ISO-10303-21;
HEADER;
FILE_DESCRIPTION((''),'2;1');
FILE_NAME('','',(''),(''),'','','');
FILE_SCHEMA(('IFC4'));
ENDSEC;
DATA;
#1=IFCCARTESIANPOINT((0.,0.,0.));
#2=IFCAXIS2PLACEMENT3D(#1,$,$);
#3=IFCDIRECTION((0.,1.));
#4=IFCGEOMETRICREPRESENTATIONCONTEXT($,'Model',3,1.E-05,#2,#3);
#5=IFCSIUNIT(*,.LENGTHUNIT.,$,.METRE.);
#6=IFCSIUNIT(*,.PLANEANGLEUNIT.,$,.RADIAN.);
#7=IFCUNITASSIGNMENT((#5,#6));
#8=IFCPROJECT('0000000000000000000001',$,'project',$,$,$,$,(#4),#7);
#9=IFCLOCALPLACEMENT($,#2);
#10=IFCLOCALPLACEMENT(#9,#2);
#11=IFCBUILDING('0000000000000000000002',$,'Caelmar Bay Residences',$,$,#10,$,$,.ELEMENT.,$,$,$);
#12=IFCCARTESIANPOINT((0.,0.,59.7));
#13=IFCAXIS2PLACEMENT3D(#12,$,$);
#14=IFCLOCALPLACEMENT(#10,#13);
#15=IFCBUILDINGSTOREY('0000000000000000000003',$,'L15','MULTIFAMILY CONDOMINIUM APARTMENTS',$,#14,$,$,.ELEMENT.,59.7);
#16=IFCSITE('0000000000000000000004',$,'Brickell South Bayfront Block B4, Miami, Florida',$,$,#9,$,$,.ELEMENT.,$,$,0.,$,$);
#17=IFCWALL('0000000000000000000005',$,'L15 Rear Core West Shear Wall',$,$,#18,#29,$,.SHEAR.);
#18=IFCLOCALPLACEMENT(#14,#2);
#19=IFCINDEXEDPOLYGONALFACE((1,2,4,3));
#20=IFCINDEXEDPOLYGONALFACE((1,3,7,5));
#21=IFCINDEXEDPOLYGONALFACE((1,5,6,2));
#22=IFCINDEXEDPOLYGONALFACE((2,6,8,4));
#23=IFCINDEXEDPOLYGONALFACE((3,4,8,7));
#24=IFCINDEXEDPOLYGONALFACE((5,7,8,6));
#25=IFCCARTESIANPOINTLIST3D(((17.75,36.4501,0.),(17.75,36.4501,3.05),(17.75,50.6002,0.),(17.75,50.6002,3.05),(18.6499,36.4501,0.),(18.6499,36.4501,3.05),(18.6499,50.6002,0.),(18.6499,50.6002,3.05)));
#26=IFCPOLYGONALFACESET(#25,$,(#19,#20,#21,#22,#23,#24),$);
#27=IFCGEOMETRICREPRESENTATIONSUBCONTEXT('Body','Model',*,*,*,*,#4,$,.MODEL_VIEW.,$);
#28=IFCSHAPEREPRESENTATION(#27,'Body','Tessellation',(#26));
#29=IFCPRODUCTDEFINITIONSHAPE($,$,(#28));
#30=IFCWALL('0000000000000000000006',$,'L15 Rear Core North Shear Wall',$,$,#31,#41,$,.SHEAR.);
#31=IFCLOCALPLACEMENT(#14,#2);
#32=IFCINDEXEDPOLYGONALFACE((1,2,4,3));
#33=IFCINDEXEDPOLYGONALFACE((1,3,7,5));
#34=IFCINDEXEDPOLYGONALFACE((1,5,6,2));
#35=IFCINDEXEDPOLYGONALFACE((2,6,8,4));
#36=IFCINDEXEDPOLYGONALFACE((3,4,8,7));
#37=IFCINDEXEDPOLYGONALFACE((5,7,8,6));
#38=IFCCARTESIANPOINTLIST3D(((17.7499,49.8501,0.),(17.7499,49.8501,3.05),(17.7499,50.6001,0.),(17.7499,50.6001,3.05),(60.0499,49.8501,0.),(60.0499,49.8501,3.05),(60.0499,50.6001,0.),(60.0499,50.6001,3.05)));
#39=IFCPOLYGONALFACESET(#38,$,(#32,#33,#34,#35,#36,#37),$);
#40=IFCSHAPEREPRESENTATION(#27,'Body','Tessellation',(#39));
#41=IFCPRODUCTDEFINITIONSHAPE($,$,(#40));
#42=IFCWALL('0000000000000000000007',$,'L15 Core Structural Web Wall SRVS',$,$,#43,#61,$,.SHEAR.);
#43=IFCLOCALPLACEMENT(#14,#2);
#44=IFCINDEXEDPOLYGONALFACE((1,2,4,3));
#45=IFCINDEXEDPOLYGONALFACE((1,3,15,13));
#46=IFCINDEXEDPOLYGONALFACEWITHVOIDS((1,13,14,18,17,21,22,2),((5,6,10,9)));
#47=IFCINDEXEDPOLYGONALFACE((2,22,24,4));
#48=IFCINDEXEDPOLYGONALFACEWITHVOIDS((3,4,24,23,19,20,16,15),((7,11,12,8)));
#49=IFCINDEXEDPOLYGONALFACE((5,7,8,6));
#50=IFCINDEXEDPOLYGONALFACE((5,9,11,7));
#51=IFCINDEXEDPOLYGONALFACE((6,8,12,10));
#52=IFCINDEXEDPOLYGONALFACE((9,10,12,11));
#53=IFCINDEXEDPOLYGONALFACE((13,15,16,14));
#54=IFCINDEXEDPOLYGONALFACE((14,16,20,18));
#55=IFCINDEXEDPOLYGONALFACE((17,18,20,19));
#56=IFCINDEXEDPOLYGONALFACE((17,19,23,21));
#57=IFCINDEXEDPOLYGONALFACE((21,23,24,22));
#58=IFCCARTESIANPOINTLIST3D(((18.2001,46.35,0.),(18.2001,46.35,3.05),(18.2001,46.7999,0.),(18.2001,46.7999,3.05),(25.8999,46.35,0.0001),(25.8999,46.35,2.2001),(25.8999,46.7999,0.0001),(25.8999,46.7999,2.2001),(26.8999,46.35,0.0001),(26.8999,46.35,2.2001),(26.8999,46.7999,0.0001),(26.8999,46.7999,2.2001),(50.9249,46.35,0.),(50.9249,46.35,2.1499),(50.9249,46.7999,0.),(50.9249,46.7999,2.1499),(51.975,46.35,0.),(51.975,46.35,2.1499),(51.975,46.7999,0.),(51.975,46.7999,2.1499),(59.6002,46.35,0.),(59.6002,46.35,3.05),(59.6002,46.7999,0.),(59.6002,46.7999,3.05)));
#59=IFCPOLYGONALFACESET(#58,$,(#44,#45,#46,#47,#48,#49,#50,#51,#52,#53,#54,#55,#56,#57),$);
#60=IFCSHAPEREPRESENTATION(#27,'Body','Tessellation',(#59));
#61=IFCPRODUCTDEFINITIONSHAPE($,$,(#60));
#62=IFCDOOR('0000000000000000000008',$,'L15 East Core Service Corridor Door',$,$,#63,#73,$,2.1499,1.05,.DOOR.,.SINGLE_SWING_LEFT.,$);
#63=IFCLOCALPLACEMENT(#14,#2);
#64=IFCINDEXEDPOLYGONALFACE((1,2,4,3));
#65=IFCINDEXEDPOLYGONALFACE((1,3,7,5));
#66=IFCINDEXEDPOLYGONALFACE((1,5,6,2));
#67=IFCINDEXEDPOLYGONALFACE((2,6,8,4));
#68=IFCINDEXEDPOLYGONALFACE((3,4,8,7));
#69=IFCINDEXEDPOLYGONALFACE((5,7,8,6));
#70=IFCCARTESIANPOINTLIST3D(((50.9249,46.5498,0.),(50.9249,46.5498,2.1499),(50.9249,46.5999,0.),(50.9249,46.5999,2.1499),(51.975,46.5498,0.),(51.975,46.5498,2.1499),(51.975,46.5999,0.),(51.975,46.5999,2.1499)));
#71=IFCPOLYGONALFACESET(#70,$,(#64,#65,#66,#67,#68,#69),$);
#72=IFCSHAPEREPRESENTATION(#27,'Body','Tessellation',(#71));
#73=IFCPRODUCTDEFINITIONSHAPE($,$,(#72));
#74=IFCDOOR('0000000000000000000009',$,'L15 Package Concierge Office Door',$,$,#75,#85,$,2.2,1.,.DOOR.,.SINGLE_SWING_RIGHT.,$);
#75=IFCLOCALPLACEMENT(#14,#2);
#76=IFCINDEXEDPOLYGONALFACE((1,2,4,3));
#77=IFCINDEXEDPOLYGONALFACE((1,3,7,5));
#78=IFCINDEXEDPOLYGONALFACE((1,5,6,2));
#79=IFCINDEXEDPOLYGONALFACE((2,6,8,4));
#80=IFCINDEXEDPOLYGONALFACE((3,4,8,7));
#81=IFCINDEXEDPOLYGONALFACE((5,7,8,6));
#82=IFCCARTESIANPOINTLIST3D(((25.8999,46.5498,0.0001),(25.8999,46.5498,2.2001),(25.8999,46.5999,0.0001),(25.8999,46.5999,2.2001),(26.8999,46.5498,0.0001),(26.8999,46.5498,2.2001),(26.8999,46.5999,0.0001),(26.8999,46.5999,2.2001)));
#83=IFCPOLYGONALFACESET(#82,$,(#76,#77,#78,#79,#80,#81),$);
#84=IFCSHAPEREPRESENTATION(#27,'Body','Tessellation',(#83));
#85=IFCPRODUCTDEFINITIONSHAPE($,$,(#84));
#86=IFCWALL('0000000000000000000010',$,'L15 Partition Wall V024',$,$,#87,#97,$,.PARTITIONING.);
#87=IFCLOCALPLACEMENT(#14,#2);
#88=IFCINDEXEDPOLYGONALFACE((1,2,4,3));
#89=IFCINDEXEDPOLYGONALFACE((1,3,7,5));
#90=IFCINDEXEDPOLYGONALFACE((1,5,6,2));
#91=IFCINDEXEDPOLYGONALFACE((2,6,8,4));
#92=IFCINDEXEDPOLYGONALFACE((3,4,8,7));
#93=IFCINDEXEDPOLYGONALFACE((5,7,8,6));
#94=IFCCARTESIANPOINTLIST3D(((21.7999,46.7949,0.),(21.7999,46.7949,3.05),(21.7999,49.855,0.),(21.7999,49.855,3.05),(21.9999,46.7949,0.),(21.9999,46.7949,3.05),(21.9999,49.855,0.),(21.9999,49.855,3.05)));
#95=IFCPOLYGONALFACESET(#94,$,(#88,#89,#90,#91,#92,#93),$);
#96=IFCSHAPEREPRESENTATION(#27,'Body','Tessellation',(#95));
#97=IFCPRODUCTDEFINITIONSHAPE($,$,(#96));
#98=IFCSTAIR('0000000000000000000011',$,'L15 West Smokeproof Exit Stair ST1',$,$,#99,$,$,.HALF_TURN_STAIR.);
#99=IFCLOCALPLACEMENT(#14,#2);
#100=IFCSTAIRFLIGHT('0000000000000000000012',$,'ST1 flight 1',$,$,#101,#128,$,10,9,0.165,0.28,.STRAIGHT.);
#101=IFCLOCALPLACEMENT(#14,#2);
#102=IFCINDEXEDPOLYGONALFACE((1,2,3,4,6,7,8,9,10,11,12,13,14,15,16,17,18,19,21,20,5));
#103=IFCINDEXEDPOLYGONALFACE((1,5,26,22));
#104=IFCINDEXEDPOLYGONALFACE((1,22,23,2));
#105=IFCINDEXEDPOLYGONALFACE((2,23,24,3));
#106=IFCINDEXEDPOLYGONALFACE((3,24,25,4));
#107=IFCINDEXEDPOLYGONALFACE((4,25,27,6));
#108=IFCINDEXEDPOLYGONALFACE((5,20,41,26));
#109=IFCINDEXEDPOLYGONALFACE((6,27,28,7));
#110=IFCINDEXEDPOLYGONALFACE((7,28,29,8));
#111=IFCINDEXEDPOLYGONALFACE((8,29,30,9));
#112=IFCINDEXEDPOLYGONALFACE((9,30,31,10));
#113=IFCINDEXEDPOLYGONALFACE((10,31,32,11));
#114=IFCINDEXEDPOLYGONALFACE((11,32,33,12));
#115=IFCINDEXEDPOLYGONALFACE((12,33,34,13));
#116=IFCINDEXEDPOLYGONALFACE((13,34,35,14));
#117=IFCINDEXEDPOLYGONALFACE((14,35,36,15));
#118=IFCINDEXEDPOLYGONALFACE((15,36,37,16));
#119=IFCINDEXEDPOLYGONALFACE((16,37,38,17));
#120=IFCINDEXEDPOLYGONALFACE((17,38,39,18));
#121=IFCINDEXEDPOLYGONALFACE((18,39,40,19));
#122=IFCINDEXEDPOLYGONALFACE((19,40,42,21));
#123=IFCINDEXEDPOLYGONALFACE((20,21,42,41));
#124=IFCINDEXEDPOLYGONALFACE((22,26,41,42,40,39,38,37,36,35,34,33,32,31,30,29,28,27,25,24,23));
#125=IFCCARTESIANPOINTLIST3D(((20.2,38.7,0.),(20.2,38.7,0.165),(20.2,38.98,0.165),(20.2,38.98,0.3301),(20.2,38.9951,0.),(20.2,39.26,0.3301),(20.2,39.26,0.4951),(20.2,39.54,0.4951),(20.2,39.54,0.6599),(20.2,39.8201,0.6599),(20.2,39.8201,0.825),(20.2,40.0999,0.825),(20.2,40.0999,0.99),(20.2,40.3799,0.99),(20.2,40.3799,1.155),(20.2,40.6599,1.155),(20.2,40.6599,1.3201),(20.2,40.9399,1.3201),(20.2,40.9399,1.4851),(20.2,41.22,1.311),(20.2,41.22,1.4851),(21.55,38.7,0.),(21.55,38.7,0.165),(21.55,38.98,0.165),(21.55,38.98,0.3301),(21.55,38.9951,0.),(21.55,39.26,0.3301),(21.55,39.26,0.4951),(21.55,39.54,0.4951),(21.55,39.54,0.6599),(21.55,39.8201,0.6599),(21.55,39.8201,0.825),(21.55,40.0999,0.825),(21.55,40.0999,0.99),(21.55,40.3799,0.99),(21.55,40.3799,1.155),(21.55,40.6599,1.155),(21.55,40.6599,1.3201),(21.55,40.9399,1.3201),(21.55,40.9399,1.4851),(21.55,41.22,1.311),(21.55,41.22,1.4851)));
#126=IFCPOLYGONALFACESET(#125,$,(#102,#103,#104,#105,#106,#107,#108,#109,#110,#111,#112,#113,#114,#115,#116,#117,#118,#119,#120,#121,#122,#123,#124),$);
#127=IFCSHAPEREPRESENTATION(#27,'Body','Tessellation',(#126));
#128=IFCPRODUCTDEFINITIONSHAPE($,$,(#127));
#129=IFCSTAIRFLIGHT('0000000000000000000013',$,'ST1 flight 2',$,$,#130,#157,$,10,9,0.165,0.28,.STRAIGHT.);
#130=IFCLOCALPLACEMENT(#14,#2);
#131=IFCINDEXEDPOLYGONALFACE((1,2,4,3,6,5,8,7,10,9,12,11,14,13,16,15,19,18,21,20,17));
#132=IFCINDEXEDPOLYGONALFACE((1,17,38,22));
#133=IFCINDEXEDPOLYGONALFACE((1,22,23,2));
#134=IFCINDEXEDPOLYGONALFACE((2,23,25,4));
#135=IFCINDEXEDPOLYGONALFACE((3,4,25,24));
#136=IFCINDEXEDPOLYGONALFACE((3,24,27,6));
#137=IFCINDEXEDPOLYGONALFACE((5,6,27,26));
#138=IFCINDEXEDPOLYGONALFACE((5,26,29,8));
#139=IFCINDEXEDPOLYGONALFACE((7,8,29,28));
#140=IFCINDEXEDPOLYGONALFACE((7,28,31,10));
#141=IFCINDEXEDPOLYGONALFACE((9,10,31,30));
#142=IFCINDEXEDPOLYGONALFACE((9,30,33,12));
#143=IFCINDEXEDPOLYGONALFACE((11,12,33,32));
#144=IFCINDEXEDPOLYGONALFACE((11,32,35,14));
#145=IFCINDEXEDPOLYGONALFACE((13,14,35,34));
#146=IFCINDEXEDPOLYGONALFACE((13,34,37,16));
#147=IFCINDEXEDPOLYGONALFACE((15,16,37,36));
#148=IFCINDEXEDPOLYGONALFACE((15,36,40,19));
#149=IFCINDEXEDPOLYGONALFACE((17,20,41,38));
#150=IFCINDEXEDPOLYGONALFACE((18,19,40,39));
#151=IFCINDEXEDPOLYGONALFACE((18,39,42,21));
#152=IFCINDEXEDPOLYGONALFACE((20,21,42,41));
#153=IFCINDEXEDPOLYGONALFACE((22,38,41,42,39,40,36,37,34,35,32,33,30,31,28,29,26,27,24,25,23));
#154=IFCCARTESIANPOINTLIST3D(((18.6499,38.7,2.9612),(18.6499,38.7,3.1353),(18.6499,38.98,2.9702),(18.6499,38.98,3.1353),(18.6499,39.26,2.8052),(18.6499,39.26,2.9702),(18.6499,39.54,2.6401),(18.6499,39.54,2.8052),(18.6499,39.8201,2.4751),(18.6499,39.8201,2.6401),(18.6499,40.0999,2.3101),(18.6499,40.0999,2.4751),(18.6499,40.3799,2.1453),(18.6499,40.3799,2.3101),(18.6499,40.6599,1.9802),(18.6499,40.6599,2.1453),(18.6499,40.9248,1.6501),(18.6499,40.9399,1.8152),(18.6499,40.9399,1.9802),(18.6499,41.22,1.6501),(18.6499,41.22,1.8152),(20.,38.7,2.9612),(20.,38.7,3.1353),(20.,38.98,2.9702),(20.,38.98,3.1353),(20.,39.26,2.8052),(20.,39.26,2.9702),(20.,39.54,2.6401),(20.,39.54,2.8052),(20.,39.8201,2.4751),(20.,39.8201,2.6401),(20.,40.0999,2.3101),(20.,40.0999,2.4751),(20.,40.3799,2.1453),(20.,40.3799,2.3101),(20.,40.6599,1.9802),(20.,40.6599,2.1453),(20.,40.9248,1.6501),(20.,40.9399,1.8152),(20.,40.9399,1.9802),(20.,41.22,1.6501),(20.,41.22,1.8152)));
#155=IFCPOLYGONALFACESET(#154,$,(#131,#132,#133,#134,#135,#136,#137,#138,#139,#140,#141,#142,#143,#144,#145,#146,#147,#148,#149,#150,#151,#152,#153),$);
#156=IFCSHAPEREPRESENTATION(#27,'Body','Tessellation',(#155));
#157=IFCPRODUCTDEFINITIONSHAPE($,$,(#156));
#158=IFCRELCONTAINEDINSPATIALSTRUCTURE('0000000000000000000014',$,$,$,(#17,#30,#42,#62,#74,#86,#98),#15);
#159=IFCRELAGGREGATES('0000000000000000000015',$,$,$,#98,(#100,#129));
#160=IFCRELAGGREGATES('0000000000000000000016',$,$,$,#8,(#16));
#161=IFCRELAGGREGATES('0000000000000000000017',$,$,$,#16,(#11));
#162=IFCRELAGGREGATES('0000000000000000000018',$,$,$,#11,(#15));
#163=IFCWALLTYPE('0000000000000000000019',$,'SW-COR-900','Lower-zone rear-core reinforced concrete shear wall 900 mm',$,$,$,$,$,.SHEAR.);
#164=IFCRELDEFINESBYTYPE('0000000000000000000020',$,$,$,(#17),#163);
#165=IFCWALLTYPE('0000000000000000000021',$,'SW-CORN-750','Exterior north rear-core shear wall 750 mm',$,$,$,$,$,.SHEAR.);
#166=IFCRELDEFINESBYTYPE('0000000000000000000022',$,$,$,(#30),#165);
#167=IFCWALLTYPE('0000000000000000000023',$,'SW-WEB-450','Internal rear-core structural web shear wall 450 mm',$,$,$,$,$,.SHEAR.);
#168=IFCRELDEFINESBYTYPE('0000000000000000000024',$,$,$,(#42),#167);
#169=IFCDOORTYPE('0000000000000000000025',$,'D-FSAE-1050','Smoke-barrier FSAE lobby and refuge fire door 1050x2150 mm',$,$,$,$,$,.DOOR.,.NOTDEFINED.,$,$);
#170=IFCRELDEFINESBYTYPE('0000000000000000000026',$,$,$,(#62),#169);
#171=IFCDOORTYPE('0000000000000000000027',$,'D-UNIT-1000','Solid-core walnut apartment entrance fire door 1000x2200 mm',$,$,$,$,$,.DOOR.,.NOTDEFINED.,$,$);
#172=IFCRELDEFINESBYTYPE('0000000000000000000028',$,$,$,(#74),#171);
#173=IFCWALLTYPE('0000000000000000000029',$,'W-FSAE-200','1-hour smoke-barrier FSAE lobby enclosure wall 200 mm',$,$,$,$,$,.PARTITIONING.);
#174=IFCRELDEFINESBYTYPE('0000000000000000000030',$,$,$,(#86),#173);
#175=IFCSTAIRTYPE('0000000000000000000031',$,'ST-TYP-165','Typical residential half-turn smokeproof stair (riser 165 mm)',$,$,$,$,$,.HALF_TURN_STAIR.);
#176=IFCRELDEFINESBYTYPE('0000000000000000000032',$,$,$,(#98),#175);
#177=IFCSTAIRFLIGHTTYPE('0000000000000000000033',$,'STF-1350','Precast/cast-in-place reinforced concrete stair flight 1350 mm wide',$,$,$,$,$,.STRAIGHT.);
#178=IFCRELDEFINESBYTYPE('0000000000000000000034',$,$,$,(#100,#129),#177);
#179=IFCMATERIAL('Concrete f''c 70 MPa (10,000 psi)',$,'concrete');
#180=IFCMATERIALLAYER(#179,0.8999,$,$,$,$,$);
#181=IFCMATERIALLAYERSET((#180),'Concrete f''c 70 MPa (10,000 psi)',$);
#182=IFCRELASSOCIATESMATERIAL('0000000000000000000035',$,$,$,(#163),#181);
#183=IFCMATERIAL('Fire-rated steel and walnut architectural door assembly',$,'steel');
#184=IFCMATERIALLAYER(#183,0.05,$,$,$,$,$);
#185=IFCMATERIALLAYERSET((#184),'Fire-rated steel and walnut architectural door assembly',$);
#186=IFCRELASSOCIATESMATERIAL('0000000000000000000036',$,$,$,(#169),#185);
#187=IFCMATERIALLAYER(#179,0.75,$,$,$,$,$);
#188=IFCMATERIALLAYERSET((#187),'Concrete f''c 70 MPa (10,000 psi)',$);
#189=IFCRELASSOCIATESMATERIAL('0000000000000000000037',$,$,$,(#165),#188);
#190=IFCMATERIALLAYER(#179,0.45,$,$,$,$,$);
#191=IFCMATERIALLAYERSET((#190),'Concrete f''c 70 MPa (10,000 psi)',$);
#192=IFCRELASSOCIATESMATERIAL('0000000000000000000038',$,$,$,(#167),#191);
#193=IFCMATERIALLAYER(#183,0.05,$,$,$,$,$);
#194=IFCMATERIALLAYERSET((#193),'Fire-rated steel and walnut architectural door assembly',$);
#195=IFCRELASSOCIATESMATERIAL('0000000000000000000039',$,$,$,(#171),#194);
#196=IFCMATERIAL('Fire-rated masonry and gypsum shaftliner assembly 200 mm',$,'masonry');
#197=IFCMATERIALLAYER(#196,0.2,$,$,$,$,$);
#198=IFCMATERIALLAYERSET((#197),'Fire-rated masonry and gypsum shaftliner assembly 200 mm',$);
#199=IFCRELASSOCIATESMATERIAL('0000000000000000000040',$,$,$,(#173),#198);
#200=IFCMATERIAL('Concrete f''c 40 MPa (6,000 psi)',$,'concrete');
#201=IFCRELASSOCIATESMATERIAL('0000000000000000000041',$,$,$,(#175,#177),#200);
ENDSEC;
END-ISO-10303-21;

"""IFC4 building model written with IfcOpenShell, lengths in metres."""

from ifc_helpers import new_model, si_unit, direction, frame, frame_2d, origin, place, context, subcontext, project, spatial, polyline, rectangle, outline, extrude, material, layer, layer_set, type_object, element, fill, aggregate, save


model = new_model("IFC4")

# Units and contexts
model_context = context("Model", 3, precision=1e-05, world=origin(), true_north=direction((0.0, 1.0)))
body_context = subcontext(model_context, "Body", "Model", "MODEL_VIEW")
ifc_project = project(units=[si_unit("LENGTHUNIT", "METRE"), si_unit("PLANEANGLEUNIT", "RADIAN")], contexts=[model_context])

# Site, building, storey
site_placement = place(None, origin())
site = spatial("IfcSite", under=ifc_project, at=site_placement, Name="Brickell South Bayfront Block B4, Miami, Florida", CompositionType="ELEMENT", RefElevation=0.0)
building_placement = place(site_placement, origin())
building = spatial("IfcBuilding", under=site, at=building_placement, Name="Caelmar Bay Residences", CompositionType="ELEMENT")
storey_placement = place(building_placement, frame((0.0, 0.0, 59.7)))
storey = spatial("IfcBuildingStorey", under=building, at=storey_placement, Name="L15", Description="MULTIFAMILY CONDOMINIUM APARTMENTS", CompositionType="ELEMENT", Elevation=59.7)

# Shared definitions
ifc_material_1 = material(Name="Fire-rated steel and walnut architectural door assembly", Category="steel")

# Shared definitions
ifc_material_2 = material(Name="Concrete f'c 70 MPa (10,000 psi)", Category="concrete")
ifc_layer_1 = layer(ifc_material_2, 0.8999)
ifc_layer_set_1 = layer_set([ifc_layer_1], Name="Concrete f'c 70 MPa (10,000 psi)")
wall_type_1 = type_object("IfcWallType", Name="SW-COR-900", Description="Lower-zone rear-core reinforced concrete shear wall 900 mm", PredefinedType="SHEAR", material=ifc_layer_set_1)
ifc_layer_2 = layer(ifc_material_1, 0.05)
ifc_layer_set_2 = layer_set([ifc_layer_2], Name="Fire-rated steel and walnut architectural door assembly")
door_type_1 = type_object("IfcDoorType", Name="D-FSAE-1050", Description="Smoke-barrier FSAE lobby and refuge fire door 1050x2150 mm", OperationType="NOTDEFINED", PredefinedType="DOOR", material=ifc_layer_set_2)

# Walls
wall_1_placement = place(storey_placement, frame((18.2, 36.45, 0.0), z_axis=(0.0, 0.0, 1.0), x_axis=(0.0, 1.0, 0.0)))
element("IfcWall", 1, at=wall_1_placement, inside=storey, type_object=wall_type_1, Name="L15 Rear Core West Shear Wall", PredefinedType="SHEAR", context=body_context, shape_type="SweptSolid", body=[
    extrude(rectangle(XDim=14.1501, YDim=0.8999, at=frame_2d((7.0752, 0.0))), origin(), (0.0, 0.0, 1.0), 3.05),
])
ifc_layer_3 = layer(ifc_material_2, 0.75)
ifc_layer_set_3 = layer_set([ifc_layer_3], Name="Concrete f'c 70 MPa (10,000 psi)")
wall_type_2 = type_object("IfcWallType", Name="SW-CORN-750", Description="Exterior north rear-core shear wall 750 mm", PredefinedType="SHEAR", material=ifc_layer_set_3)
wall_2_placement = place(storey_placement, frame((17.75, 50.2251, 0.0), z_axis=(0.0, 0.0, 1.0), x_axis=(1.0, 0.0, 0.0)))
element("IfcWall", 2, at=wall_2_placement, inside=storey, type_object=wall_type_2, Name="L15 Rear Core North Shear Wall", PredefinedType="SHEAR", context=body_context, shape_type="SweptSolid", body=[
    extrude(rectangle(XDim=42.3, YDim=0.75, at=frame_2d((21.1499, 0.0))), origin(), (0.0, 0.0, 1.0), 3.05),
])

# Wall, openings, doors
ifc_layer_4 = layer(ifc_material_2, 0.45)
ifc_layer_set_4 = layer_set([ifc_layer_4], Name="Concrete f'c 70 MPa (10,000 psi)")
wall_type_3 = type_object("IfcWallType", Name="SW-WEB-450", Description="Internal rear-core structural web shear wall 450 mm", PredefinedType="SHEAR", material=ifc_layer_set_4)
wall_3_placement = place(storey_placement, frame((18.2, 46.575, 0.0), z_axis=(0.0, 0.0, 1.0), x_axis=(1.0, 0.0, 0.0)))
wall_3 = element("IfcWall", 3, at=wall_3_placement, inside=storey, type_object=wall_type_3, Name="L15 Core Structural Web Wall SRVS", PredefinedType="SHEAR", context=body_context, shape_type="SweptSolid", body=[
    extrude(rectangle(XDim=41.4001, YDim=0.45, at=frame_2d((20.7002, 0.0))), origin(), (0.0, 0.0, 1.0), 3.05),
])
opening_1_placement = place(wall_3_placement, frame((7.7, 0.0, 0.0)))
opening_1 = element("IfcOpeningElement", 4, at=opening_1_placement, cuts=wall_3, PredefinedType="OPENING", context=body_context, shape_type="SweptSolid", body=[
    extrude(rectangle(XDim=1.0, YDim=2.2, at=frame_2d((0.5, 1.1001))), frame((0.0, 0.2349, 0.0), z_axis=(0.0, -1.0, 0.0), x_axis=(1.0, 0.0, 0.0)), (0.0, 0.0, 1.0), 0.47),
])
opening_2_placement = place(wall_3_placement, frame((32.7251, 0.0, 0.0)))
opening_2 = element("IfcOpeningElement", 5, at=opening_2_placement, cuts=wall_3, PredefinedType="OPENING", context=body_context, shape_type="SweptSolid", body=[
    extrude(rectangle(XDim=1.05, YDim=2.1499, at=frame_2d((0.5249, 1.075))), frame((0.0, 0.2349, 0.0), z_axis=(0.0, -1.0, 0.0), x_axis=(1.0, 0.0, 0.0)), (0.0, 0.0, 1.0), 0.47),
])
door_1_placement = place(opening_2_placement, origin())
door_1 = element("IfcDoor", 6, at=door_1_placement, inside=storey, type_object=door_type_1, Name="L15 East Core Service Corridor Door", OperationType="SINGLE_SWING_LEFT", OverallHeight=2.1499, OverallWidth=1.05, PredefinedType="DOOR", context=body_context, shape_type="SweptSolid", body=[
    extrude(rectangle(XDim=1.05, YDim=2.1499, at=frame_2d((0.5249, 1.075))), frame((0.0, 0.0249, 0.0), z_axis=(0.0, -1.0, 0.0), x_axis=(1.0, 0.0, 0.0)), (0.0, 0.0, 1.0), 0.05),
])
fill(opening_2, door_1)
ifc_layer_5 = layer(ifc_material_1, 0.05)
ifc_layer_set_5 = layer_set([ifc_layer_5], Name="Fire-rated steel and walnut architectural door assembly")
door_type_2 = type_object("IfcDoorType", Name="D-UNIT-1000", Description="Solid-core walnut apartment entrance fire door 1000x2200 mm", OperationType="NOTDEFINED", PredefinedType="DOOR", material=ifc_layer_set_5)
door_2_placement = place(opening_1_placement, origin())
door_2 = element("IfcDoor", 7, at=door_2_placement, inside=storey, type_object=door_type_2, Name="L15 Package Concierge Office Door", OperationType="SINGLE_SWING_RIGHT", OverallHeight=2.2, OverallWidth=1.0, PredefinedType="DOOR", context=body_context, shape_type="SweptSolid", body=[
    extrude(rectangle(XDim=1.0, YDim=2.2, at=frame_2d((0.5, 1.1001))), frame((0.0, 0.0249, 0.0), z_axis=(0.0, -1.0, 0.0), x_axis=(1.0, 0.0, 0.0)), (0.0, 0.0, 1.0), 0.05),
])
fill(opening_1, door_2)

# Wall
ifc_material_3 = material(Name="Fire-rated masonry and gypsum shaftliner assembly 200 mm", Category="masonry")
ifc_layer_6 = layer(ifc_material_3, 0.2)
ifc_layer_set_6 = layer_set([ifc_layer_6], Name="Fire-rated masonry and gypsum shaftliner assembly 200 mm")
wall_type_4 = type_object("IfcWallType", Name="W-FSAE-200", Description="1-hour smoke-barrier FSAE lobby enclosure wall 200 mm", PredefinedType="PARTITIONING", material=ifc_layer_set_6)
wall_4_placement = place(storey_placement, frame((21.8999, 46.7949, 0.0), z_axis=(0.0, 0.0, 1.0), x_axis=(0.0, 1.0, 0.0)))
element("IfcWall", 8, at=wall_4_placement, inside=storey, type_object=wall_type_4, Name="L15 Partition Wall V024", PredefinedType="PARTITIONING", context=body_context, shape_type="SweptSolid", body=[
    extrude(rectangle(XDim=3.0601, YDim=0.2, at=frame_2d((1.53, 0.0))), origin(), (0.0, 0.0, 1.0), 3.05),
])

# Stair, stair flights
ifc_material_4 = material(Name="Concrete f'c 40 MPa (6,000 psi)", Category="concrete")
stair_type = type_object("IfcStairType", Name="ST-TYP-165", Description="Typical residential half-turn smokeproof stair (riser 165 mm)", PredefinedType="HALF_TURN_STAIR", material=ifc_material_4)
stair_placement = place(storey_placement, origin())
stair = element("IfcStair", 9, at=stair_placement, inside=storey, type_object=stair_type, Name="L15 West Smokeproof Exit Stair ST1", PredefinedType="HALF_TURN_STAIR")
stair_flight_type = type_object("IfcStairFlightType", Name="STF-1350", Description="Precast/cast-in-place reinforced concrete stair flight 1350 mm wide", PredefinedType="STRAIGHT", material=ifc_material_4)
stair_flight_1_placement = place(storey_placement, frame((20.875, 38.7, 0.0), z_axis=(0.0, 0.0, 1.0), x_axis=(0.0, 1.0, 0.0)))
stair_flight_1 = element("IfcStairFlight", 10, at=stair_flight_1_placement, type_object=stair_flight_type, Name="ST1 flight 1", NumberOfRisers=10, NumberOfTreads=9, PredefinedType="STRAIGHT", RiserHeight=0.165, TreadLength=0.28, context=body_context, shape_type="SweptSolid", body=[
    extrude(outline(polyline([(0.0, 0.0), (0.0, 0.165), (0.28, 0.165), (0.28, 0.3301), (0.5601, 0.3301), (0.5601, 0.4951), (0.8401, 0.4951), (0.8401, 0.6599), (1.1201, 0.6599), (1.1201, 0.825), (1.3999, 0.825), (1.3999, 0.99), (1.6799, 0.99), (1.6799, 1.155), (1.96, 1.155), (1.96, 1.3201), (2.24, 1.3201), (2.24, 1.4851), (2.52, 1.4851), (2.52, 1.6499), (2.52, 1.311), (0.2952, 0.0), (0.0, 0.0)])), frame((0.0, 0.675, 0.0), z_axis=(0.0, -1.0, 0.0), x_axis=(1.0, 0.0, 0.0)), (0.0, 0.0, 1.0), 1.3501),
])
stair_flight_2_placement = place(storey_placement, frame((19.325, 41.22, 1.6501), z_axis=(0.0, 0.0, 1.0), x_axis=(0.0, -1.0, 0.0)))
stair_flight_2 = element("IfcStairFlight", 11, at=stair_flight_2_placement, type_object=stair_flight_type, Name="ST1 flight 2", NumberOfRisers=10, NumberOfTreads=9, PredefinedType="STRAIGHT", RiserHeight=0.165, TreadLength=0.28, context=body_context, shape_type="SweptSolid", body=[
    extrude(outline(polyline([(0.0, 0.0), (0.0, 0.165), (0.28, 0.165), (0.28, 0.3301), (0.5601, 0.3301), (0.5601, 0.4951), (0.8401, 0.4951), (0.8401, 0.6599), (1.1201, 0.6599), (1.1201, 0.825), (1.3999, 0.825), (1.3999, 0.99), (1.6799, 0.99), (1.6799, 1.155), (1.96, 1.155), (1.96, 1.3201), (2.24, 1.3201), (2.24, 1.4851), (2.52, 1.4851), (2.52, 1.6499), (2.52, 1.311), (0.2952, 0.0), (0.0, 0.0)])), frame((0.0, 0.675, 0.0), z_axis=(0.0, -1.0, 0.0), x_axis=(1.0, 0.0, 0.0)), (0.0, 0.0, 1.0), 1.3501),
])
aggregate(stair, [stair_flight_1, stair_flight_2])

save(model, "model.ifc")
